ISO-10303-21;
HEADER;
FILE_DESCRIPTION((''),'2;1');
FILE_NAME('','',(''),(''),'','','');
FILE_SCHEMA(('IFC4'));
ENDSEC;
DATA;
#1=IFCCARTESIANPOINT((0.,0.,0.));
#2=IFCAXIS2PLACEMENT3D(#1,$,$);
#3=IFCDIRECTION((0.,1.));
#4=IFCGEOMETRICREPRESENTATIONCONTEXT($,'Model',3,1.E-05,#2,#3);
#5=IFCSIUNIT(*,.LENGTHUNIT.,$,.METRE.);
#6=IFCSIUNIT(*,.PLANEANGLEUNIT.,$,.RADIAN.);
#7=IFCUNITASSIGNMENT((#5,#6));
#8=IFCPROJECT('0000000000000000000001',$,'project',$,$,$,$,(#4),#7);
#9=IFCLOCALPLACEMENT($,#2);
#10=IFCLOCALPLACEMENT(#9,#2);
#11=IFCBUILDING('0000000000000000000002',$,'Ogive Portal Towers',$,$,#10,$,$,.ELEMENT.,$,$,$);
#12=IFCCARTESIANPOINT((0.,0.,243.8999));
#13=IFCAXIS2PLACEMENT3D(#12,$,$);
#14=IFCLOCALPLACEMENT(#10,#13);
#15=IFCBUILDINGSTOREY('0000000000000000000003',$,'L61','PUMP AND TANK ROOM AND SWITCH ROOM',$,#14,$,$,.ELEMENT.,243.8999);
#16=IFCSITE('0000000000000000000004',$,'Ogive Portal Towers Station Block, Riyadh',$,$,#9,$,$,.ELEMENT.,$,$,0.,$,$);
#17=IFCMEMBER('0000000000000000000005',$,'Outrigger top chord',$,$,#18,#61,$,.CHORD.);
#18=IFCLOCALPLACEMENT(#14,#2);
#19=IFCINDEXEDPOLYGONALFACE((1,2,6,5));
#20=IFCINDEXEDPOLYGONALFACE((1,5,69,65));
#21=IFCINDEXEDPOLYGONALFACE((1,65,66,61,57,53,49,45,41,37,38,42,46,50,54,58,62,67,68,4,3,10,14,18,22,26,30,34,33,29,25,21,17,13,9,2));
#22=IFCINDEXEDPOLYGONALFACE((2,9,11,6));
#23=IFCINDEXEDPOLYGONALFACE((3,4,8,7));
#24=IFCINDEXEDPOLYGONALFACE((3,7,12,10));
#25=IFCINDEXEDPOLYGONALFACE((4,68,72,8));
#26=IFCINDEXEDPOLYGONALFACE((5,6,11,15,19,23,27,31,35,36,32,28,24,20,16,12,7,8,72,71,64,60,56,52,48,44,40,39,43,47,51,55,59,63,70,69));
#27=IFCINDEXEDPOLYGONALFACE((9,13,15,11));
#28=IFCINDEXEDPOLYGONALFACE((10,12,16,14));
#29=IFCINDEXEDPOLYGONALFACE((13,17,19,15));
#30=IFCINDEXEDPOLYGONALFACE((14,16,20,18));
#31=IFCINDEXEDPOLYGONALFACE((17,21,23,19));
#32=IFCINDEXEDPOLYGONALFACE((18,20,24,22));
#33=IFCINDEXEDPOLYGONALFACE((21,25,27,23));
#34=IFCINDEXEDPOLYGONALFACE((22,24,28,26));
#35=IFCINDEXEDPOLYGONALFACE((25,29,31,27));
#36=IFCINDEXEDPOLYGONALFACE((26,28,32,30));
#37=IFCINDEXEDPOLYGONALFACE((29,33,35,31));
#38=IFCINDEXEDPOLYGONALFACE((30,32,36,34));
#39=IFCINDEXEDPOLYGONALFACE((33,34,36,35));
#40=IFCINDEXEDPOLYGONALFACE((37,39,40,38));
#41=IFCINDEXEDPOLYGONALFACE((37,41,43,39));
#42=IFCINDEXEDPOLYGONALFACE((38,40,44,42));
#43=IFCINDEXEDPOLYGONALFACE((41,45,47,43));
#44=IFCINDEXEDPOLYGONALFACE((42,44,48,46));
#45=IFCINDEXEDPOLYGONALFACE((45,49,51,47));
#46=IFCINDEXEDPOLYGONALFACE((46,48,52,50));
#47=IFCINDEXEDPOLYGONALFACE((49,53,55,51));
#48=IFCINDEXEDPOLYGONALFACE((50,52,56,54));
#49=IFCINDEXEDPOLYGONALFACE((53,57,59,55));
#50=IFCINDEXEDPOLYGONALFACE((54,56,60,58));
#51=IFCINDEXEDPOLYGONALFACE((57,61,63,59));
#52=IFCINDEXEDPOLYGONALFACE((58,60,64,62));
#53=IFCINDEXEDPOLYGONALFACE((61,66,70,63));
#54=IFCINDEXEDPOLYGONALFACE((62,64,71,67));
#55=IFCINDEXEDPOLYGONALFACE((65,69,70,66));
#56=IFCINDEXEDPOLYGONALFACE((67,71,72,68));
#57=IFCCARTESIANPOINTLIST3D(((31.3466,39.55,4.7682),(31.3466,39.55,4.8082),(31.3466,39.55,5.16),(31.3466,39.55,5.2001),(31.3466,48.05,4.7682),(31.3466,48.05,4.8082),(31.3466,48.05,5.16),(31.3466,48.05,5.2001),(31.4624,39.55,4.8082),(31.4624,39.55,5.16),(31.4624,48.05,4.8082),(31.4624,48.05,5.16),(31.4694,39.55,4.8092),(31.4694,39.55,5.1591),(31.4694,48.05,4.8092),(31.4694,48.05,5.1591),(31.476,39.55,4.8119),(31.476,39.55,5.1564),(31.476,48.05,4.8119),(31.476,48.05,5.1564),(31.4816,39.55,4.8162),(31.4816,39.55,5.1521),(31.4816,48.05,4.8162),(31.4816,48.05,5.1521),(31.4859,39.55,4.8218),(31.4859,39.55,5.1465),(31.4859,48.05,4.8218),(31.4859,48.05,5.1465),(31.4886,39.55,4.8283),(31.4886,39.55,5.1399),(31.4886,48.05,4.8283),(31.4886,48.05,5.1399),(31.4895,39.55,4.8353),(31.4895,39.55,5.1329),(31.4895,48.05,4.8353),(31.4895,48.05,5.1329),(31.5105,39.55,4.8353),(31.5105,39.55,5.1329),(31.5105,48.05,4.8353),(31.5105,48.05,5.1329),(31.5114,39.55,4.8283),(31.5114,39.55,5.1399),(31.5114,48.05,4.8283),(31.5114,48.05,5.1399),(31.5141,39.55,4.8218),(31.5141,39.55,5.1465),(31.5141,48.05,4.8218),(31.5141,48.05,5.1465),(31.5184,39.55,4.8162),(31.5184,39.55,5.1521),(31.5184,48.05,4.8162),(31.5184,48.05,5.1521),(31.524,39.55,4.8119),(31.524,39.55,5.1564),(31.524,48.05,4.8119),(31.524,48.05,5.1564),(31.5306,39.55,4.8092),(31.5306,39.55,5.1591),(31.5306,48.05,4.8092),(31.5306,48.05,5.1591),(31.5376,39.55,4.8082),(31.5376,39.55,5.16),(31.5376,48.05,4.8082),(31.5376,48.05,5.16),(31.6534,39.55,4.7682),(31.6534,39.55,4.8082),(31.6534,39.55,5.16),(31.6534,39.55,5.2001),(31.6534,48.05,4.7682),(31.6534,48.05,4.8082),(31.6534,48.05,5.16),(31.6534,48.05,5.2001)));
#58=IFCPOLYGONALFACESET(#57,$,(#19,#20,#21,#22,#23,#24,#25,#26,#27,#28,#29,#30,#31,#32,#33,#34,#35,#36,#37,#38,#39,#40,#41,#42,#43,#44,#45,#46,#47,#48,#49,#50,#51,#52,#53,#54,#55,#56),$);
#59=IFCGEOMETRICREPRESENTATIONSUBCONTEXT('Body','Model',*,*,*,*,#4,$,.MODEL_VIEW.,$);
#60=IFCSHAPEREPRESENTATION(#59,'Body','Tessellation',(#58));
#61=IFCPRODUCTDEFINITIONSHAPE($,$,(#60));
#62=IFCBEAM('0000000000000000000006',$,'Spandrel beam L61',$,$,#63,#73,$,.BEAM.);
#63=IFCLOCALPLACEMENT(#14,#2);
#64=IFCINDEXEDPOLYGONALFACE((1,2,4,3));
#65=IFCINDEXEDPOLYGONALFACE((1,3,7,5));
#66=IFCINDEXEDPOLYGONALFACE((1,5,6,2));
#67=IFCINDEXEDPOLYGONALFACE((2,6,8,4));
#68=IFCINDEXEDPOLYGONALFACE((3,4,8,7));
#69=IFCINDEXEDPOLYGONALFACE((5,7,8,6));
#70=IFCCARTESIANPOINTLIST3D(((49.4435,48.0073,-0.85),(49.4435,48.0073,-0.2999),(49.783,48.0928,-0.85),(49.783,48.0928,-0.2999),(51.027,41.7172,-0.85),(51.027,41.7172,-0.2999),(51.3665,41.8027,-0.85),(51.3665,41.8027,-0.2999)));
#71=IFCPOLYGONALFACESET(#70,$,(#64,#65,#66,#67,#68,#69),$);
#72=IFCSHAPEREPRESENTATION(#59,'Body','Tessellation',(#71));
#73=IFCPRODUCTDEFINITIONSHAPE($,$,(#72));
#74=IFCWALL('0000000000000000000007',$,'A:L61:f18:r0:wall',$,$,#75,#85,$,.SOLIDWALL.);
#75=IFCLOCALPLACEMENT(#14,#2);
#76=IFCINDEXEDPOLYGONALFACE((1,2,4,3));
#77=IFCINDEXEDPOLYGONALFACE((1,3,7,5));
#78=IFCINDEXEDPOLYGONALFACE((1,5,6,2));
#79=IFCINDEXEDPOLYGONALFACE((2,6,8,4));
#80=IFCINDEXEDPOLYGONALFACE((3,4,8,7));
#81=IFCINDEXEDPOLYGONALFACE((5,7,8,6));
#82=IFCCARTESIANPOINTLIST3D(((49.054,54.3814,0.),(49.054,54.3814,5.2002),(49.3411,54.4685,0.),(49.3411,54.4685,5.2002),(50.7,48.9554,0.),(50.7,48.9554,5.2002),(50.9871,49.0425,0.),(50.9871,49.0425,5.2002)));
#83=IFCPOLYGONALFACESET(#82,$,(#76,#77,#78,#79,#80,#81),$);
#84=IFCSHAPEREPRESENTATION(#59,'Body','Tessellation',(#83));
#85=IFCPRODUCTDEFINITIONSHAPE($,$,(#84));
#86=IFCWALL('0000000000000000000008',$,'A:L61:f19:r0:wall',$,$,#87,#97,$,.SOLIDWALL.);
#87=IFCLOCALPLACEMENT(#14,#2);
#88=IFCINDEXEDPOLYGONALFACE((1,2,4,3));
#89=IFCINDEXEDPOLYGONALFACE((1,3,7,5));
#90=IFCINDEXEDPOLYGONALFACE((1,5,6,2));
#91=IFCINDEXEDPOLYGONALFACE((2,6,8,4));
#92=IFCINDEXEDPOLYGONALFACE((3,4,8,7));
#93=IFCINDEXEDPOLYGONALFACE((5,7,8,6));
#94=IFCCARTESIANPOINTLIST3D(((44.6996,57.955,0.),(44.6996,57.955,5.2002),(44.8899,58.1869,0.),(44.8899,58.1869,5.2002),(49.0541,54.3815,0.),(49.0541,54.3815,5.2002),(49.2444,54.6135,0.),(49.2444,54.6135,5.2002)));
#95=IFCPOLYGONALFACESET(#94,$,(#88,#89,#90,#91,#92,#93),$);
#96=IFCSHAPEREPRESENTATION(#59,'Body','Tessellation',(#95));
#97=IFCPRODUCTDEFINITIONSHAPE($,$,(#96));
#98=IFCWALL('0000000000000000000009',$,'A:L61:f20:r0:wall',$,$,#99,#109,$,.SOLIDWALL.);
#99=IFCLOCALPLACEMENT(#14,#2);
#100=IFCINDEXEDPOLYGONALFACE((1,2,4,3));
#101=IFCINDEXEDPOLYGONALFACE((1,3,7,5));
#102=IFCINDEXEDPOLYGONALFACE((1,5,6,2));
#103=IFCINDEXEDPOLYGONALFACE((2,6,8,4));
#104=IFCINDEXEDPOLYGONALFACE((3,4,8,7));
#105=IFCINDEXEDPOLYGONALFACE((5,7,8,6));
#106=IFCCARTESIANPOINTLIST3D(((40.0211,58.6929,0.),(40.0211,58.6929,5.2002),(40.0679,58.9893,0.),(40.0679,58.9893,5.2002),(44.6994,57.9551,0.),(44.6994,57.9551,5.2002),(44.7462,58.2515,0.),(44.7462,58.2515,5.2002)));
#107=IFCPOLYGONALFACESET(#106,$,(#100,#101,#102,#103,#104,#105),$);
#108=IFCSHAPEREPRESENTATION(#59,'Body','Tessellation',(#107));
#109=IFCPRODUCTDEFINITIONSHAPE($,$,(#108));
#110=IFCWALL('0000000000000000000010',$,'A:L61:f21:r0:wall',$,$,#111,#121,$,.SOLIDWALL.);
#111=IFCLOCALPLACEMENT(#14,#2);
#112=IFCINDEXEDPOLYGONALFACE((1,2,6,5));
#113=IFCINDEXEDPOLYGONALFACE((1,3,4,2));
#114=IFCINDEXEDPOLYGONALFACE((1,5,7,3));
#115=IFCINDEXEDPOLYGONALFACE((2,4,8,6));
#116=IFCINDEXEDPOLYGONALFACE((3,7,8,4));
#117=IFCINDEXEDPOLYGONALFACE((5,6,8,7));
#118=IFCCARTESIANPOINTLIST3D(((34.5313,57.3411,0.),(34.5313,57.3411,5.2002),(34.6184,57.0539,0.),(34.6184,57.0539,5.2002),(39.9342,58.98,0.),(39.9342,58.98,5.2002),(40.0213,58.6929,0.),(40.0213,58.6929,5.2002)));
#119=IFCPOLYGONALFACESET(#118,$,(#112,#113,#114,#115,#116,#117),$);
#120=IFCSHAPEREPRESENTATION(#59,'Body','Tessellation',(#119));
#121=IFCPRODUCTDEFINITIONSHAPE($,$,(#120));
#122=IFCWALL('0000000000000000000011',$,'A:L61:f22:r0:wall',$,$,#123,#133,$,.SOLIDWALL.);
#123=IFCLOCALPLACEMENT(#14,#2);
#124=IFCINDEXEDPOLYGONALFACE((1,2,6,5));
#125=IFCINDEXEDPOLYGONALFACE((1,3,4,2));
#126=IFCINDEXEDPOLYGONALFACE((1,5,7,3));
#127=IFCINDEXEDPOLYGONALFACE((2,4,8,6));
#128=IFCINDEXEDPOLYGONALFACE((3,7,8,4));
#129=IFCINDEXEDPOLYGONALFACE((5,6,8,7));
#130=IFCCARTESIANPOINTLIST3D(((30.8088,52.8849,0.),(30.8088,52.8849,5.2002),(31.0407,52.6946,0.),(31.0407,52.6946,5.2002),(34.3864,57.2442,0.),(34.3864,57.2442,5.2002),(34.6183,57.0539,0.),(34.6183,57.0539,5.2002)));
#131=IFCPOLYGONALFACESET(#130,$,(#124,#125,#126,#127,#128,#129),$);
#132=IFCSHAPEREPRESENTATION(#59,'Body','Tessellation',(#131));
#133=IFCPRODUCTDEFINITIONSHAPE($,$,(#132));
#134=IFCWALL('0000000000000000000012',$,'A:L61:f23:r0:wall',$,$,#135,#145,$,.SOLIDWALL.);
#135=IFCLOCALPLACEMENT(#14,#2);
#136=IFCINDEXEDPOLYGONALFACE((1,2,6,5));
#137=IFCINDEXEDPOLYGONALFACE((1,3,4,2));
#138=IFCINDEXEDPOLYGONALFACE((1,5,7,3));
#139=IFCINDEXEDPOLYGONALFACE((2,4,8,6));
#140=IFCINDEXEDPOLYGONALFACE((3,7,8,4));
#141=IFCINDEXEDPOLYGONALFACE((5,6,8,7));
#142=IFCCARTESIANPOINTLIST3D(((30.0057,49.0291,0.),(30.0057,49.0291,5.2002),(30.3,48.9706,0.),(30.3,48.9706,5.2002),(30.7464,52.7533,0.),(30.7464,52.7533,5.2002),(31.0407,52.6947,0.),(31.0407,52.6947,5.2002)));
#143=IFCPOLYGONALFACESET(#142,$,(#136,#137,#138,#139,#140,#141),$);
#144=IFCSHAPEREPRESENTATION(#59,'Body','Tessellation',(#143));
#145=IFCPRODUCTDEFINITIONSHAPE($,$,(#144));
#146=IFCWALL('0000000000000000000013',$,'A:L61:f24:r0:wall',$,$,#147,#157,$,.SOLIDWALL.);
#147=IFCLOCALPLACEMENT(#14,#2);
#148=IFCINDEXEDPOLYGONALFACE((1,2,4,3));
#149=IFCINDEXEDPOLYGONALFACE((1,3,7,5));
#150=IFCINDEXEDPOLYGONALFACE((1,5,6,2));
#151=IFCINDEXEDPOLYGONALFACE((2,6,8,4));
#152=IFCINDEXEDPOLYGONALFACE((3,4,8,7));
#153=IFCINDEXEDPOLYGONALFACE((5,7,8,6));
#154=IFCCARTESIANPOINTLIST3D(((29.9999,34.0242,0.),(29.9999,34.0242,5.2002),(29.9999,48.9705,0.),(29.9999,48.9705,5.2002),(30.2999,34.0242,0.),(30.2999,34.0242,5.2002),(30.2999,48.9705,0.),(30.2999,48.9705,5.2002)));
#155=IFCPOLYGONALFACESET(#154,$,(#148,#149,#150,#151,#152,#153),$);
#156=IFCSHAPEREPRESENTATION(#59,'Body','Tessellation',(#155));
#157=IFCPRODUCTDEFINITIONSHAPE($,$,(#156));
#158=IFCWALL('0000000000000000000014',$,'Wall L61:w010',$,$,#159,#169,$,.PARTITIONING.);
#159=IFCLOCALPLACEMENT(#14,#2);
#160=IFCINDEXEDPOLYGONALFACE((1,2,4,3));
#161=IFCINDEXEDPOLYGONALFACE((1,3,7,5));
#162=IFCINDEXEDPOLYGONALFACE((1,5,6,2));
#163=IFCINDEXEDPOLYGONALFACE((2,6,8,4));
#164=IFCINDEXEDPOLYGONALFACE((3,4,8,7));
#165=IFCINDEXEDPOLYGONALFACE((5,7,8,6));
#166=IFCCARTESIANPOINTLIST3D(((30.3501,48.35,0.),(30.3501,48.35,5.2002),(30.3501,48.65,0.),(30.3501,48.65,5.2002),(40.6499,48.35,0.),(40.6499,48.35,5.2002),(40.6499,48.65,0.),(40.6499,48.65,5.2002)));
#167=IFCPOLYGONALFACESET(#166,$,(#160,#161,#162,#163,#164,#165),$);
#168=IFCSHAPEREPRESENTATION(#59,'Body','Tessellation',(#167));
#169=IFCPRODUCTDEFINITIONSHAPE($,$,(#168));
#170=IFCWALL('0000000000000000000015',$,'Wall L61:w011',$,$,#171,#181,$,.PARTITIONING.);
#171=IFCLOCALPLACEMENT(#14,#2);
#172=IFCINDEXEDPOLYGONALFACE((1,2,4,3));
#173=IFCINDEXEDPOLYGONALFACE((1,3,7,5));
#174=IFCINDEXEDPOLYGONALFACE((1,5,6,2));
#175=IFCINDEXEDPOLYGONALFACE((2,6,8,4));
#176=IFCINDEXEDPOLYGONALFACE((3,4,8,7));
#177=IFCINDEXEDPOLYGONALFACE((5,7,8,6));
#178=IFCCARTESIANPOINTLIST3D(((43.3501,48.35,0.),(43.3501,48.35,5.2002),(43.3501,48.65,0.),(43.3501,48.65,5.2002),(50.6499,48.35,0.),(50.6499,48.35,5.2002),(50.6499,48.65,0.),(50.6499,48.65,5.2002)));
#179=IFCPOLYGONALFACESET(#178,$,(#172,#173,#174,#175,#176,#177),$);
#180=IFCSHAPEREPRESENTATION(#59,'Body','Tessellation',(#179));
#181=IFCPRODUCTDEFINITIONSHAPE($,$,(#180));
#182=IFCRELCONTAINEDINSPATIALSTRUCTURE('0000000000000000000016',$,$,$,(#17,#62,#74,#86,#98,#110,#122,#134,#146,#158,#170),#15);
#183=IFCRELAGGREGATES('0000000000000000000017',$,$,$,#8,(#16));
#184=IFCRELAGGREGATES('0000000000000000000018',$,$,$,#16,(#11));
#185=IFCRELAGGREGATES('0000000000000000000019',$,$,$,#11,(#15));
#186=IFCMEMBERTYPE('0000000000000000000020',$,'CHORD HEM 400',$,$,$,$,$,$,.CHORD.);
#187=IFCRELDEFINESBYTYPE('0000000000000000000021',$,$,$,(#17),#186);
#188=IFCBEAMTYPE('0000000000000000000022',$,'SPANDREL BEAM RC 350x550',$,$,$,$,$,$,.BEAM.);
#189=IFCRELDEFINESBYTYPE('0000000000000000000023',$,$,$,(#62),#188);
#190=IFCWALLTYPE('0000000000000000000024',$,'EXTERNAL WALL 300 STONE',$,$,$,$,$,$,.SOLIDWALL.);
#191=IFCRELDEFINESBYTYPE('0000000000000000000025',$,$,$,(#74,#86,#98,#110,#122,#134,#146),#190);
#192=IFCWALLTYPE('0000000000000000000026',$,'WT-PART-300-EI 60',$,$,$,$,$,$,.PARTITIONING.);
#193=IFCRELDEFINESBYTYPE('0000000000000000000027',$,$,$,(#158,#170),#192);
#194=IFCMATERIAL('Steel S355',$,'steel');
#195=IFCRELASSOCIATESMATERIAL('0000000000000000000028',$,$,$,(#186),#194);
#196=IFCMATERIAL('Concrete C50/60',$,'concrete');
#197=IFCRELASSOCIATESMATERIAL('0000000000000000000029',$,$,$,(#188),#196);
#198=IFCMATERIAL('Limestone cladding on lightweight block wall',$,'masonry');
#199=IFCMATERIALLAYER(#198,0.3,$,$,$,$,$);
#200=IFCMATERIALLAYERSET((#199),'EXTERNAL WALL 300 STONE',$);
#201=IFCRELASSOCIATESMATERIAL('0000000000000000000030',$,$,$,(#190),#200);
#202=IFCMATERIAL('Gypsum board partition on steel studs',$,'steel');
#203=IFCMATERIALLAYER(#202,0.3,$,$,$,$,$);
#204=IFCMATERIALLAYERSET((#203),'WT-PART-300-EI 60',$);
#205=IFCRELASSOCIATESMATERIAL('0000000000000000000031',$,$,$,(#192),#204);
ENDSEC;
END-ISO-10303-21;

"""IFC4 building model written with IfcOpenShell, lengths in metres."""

from ifc_helpers import new_model, si_unit, direction, frame, frame_2d, origin, origin_2d, place, context, subcontext, project, spatial, rectangle, i_section, extrude, material, layer, layer_set, material_profile, profile_set, type_object, element, save


model = new_model("IFC4")

# Units and contexts
model_context = context("Model", 3, precision=1e-05, world=origin(), true_north=direction((0.0, 1.0)))
body_context = subcontext(model_context, "Body", "Model", "MODEL_VIEW")
ifc_project = project(units=[si_unit("LENGTHUNIT", "METRE"), si_unit("PLANEANGLEUNIT", "RADIAN")], contexts=[model_context])

# Site, building, storey
site_placement = place(None, origin())
site = spatial("IfcSite", under=ifc_project, at=site_placement, Name="Ogive Portal Towers Station Block, Riyadh", CompositionType="ELEMENT", RefElevation=0.0)
building_placement = place(site_placement, origin())
building = spatial("IfcBuilding", under=site, at=building_placement, Name="Ogive Portal Towers", CompositionType="ELEMENT")
storey_placement = place(building_placement, frame((0.0, 0.0, 243.8999)))
storey = spatial("IfcBuildingStorey", under=building, at=storey_placement, Name="L61", Description="PUMP AND TANK ROOM AND SWITCH ROOM", CompositionType="ELEMENT", Elevation=243.8999)

# Member
ifc_material_1 = material(Name="Steel S355", Category="steel")
ifc_material_profile_1 = material_profile(ifc_material_1, i_section(OverallWidth=0.3069, OverallDepth=0.4319, WebThickness=0.021, FlangeThickness=0.04, FilletRadius=0.0271, at=origin_2d()), Name="HEM 400")
ifc_profile_set_1 = profile_set([ifc_material_profile_1], Name="Steel S355")
member_type_1 = type_object("IfcMemberType", Name="CHORD HEM 400", PredefinedType="CHORD", material=ifc_profile_set_1)
for number, where, z_axis, x_axis, name in (
    (1, (31.5, 48.05, 4.9841), (0.0, -1.0, 0.0), (1.0, 0.0, 0.0), "Outrigger top chord"),
):
    element("IfcMember", number, at=place(storey_placement, frame(where, z_axis=z_axis, x_axis=x_axis)), inside=storey, type_object=member_type_1, Name=name, PredefinedType="CHORD", context=body_context, shape_type="SweptSolid", body=[
        extrude(i_section(OverallWidth=0.3069, OverallDepth=0.4319, WebThickness=0.021, FlangeThickness=0.04, FilletRadius=0.0271, at=origin_2d()), origin(), (0.0, 0.0, 1.0), 8.5),
    ])

# Beam
ifc_material_2 = material(Name="Concrete C50/60", Category="concrete")
ifc_material_profile_2 = material_profile(ifc_material_2, rectangle(XDim=0.3501, YDim=0.55, at=origin_2d()), Name="RC 350x550")
ifc_profile_set_2 = profile_set([ifc_material_profile_2], Name="Concrete C50/60")
beam_type = type_object("IfcBeamType", Name="SPANDREL BEAM RC 350x550", PredefinedType="BEAM", material=ifc_profile_set_2)
beam_placement = place(storey_placement, frame((49.6133, 48.05, -0.575), z_axis=(0.244129, -0.969743, 0.0), x_axis=(0.969743, 0.244129, 0.0)))
element("IfcBeam", 2, at=beam_placement, inside=storey, type_object=beam_type, Name="Spandrel beam L61", PredefinedType="BEAM", context=body_context, shape_type="SweptSolid", body=[
    extrude(rectangle(XDim=0.3501, YDim=0.55, at=origin_2d()), origin(), (0.0, 0.0, 1.0), 6.4863),
])

# Walls
ifc_material_3 = material(Name="Limestone cladding on lightweight block wall", Category="masonry")
ifc_layer_1 = layer(ifc_material_3, 0.3)
ifc_layer_set_1 = layer_set([ifc_layer_1], Name="EXTERNAL WALL 300 STONE")
wall_type_1 = type_object("IfcWallType", Name="EXTERNAL WALL 300 STONE", PredefinedType="SOLIDWALL", material=ifc_layer_set_1)
wall_1_placement = place(storey_placement, frame((50.8435, 48.999, 0.0), z_axis=(0.0, 0.0, 1.0), x_axis=(-0.290289, 0.956939, 0.0)))
element("IfcWall", 3, at=wall_1_placement, inside=storey, type_object=wall_type_1, Name="A:L61:f18:r0:wall", PredefinedType="SOLIDWALL", context=body_context, shape_type="SweptSolid", body=[
    extrude(rectangle(XDim=5.6702, YDim=0.3, at=frame_2d((2.835, 0.0))), origin(), (0.0, 0.0, 1.0), 5.2002),
])
wall_2_placement = place(storey_placement, frame((49.1492, 54.4976, 0.0), z_axis=(0.0, 0.0, 1.0), x_axis=(-0.773024, 0.634377, 0.0)))
element("IfcWall", 4, at=wall_2_placement, inside=storey, type_object=wall_type_1, Name="A:L61:f19:r0:wall", PredefinedType="SOLIDWALL", context=body_context, shape_type="SweptSolid", body=[
    extrude(rectangle(XDim=5.6331, YDim=0.3, at=frame_2d((2.8164, 0.0))), origin(), (0.0, 0.0, 1.0), 5.2002),
])
wall_3_placement = place(storey_placement, frame((44.7229, 58.1033, 0.0), z_axis=(0.0, 0.0, 1.0), x_axis=(-0.987791, 0.155783, 0.0)))
element("IfcWall", 5, at=wall_3_placement, inside=storey, type_object=wall_type_1, Name="A:L61:f20:r0:wall", PredefinedType="SOLIDWALL", context=body_context, shape_type="SweptSolid", body=[
    extrude(rectangle(XDim=4.7361, YDim=0.3, at=frame_2d((2.3682, 0.0))), origin(), (0.0, 0.0, 1.0), 5.2002),
])
wall_4_placement = place(storey_placement, frame((39.9778, 58.8364, 0.0), z_axis=(0.0, 0.0, 1.0), x_axis=(-0.956941, -0.290282, 0.0)))
element("IfcWall", 6, at=wall_4_placement, inside=storey, type_object=wall_type_1, Name="A:L61:f21:r0:wall", PredefinedType="SOLIDWALL", context=body_context, shape_type="SweptSolid", body=[
    extrude(rectangle(XDim=5.646, YDim=0.3, at=frame_2d((2.823, 0.0))), origin(), (0.0, 0.0, 1.0), 5.2002),
])
wall_5_placement = place(storey_placement, frame((34.5024, 57.1492, 0.0), z_axis=(0.0, 0.0, 1.0), x_axis=(-0.634392, -0.773011, 0.0)))
element("IfcWall", 7, at=wall_5_placement, inside=storey, type_object=wall_type_1, Name="A:L61:f22:r0:wall", PredefinedType="SOLIDWALL", context=body_context, shape_type="SweptSolid", body=[
    extrude(rectangle(XDim=5.6394, YDim=0.3, at=frame_2d((2.8198, 0.0))), origin(), (0.0, 0.0, 1.0), 5.2002),
])
wall_6_placement = place(storey_placement, frame((30.8936, 52.7239, 0.0), z_axis=(0.0, 0.0, 1.0), x_axis=(-0.195077, -0.980788, 0.0)))
element("IfcWall", 8, at=wall_6_placement, inside=storey, type_object=wall_type_1, Name="A:L61:f23:r0:wall", PredefinedType="SOLIDWALL", context=body_context, shape_type="SweptSolid", body=[
    extrude(rectangle(XDim=3.7971, YDim=0.3, at=frame_2d((1.8984, 0.0))), origin(), (0.0, 0.0, 1.0), 5.2002),
])
wall_7_placement = place(storey_placement, frame((30.1499, 48.9705, 0.0), z_axis=(0.0, 0.0, 1.0), x_axis=(0.0, -1.0, 0.0)))
element("IfcWall", 9, at=wall_7_placement, inside=storey, type_object=wall_type_1, Name="A:L61:f24:r0:wall", PredefinedType="SOLIDWALL", context=body_context, shape_type="SweptSolid", body=[
    extrude(rectangle(XDim=14.9463, YDim=0.3, at=frame_2d((7.4731, 0.0))), origin(), (0.0, 0.0, 1.0), 5.2002),
])
ifc_material_4 = material(Name="Gypsum board partition on steel studs", Category="steel")
ifc_layer_2 = layer(ifc_material_4, 0.3)
ifc_layer_set_2 = layer_set([ifc_layer_2], Name="WT-PART-300-EI 60")
wall_type_2 = type_object("IfcWallType", Name="WT-PART-300-EI 60", PredefinedType="PARTITIONING", material=ifc_layer_set_2)
wall_8_placement = place(storey_placement, frame((30.3501, 48.5, 0.0), z_axis=(0.0, 0.0, 1.0), x_axis=(1.0, 0.0, 0.0)))
element("IfcWall", 10, at=wall_8_placement, inside=storey, type_object=wall_type_2, Name="Wall L61:w010", PredefinedType="PARTITIONING", context=body_context, shape_type="SweptSolid", body=[
    extrude(rectangle(XDim=10.2998, YDim=0.3, at=frame_2d((5.1499, 0.0))), origin(), (0.0, 0.0, 1.0), 5.2002),
])
wall_9_placement = place(storey_placement, frame((43.3501, 48.5, 0.0), z_axis=(0.0, 0.0, 1.0), x_axis=(1.0, 0.0, 0.0)))
element("IfcWall", 11, at=wall_9_placement, inside=storey, type_object=wall_type_2, Name="Wall L61:w011", PredefinedType="PARTITIONING", context=body_context, shape_type="SweptSolid", body=[
    extrude(rectangle(XDim=7.2998, YDim=0.3, at=frame_2d((3.6499, 0.0))), origin(), (0.0, 0.0, 1.0), 5.2002),
])

save(model, "model.ifc")
